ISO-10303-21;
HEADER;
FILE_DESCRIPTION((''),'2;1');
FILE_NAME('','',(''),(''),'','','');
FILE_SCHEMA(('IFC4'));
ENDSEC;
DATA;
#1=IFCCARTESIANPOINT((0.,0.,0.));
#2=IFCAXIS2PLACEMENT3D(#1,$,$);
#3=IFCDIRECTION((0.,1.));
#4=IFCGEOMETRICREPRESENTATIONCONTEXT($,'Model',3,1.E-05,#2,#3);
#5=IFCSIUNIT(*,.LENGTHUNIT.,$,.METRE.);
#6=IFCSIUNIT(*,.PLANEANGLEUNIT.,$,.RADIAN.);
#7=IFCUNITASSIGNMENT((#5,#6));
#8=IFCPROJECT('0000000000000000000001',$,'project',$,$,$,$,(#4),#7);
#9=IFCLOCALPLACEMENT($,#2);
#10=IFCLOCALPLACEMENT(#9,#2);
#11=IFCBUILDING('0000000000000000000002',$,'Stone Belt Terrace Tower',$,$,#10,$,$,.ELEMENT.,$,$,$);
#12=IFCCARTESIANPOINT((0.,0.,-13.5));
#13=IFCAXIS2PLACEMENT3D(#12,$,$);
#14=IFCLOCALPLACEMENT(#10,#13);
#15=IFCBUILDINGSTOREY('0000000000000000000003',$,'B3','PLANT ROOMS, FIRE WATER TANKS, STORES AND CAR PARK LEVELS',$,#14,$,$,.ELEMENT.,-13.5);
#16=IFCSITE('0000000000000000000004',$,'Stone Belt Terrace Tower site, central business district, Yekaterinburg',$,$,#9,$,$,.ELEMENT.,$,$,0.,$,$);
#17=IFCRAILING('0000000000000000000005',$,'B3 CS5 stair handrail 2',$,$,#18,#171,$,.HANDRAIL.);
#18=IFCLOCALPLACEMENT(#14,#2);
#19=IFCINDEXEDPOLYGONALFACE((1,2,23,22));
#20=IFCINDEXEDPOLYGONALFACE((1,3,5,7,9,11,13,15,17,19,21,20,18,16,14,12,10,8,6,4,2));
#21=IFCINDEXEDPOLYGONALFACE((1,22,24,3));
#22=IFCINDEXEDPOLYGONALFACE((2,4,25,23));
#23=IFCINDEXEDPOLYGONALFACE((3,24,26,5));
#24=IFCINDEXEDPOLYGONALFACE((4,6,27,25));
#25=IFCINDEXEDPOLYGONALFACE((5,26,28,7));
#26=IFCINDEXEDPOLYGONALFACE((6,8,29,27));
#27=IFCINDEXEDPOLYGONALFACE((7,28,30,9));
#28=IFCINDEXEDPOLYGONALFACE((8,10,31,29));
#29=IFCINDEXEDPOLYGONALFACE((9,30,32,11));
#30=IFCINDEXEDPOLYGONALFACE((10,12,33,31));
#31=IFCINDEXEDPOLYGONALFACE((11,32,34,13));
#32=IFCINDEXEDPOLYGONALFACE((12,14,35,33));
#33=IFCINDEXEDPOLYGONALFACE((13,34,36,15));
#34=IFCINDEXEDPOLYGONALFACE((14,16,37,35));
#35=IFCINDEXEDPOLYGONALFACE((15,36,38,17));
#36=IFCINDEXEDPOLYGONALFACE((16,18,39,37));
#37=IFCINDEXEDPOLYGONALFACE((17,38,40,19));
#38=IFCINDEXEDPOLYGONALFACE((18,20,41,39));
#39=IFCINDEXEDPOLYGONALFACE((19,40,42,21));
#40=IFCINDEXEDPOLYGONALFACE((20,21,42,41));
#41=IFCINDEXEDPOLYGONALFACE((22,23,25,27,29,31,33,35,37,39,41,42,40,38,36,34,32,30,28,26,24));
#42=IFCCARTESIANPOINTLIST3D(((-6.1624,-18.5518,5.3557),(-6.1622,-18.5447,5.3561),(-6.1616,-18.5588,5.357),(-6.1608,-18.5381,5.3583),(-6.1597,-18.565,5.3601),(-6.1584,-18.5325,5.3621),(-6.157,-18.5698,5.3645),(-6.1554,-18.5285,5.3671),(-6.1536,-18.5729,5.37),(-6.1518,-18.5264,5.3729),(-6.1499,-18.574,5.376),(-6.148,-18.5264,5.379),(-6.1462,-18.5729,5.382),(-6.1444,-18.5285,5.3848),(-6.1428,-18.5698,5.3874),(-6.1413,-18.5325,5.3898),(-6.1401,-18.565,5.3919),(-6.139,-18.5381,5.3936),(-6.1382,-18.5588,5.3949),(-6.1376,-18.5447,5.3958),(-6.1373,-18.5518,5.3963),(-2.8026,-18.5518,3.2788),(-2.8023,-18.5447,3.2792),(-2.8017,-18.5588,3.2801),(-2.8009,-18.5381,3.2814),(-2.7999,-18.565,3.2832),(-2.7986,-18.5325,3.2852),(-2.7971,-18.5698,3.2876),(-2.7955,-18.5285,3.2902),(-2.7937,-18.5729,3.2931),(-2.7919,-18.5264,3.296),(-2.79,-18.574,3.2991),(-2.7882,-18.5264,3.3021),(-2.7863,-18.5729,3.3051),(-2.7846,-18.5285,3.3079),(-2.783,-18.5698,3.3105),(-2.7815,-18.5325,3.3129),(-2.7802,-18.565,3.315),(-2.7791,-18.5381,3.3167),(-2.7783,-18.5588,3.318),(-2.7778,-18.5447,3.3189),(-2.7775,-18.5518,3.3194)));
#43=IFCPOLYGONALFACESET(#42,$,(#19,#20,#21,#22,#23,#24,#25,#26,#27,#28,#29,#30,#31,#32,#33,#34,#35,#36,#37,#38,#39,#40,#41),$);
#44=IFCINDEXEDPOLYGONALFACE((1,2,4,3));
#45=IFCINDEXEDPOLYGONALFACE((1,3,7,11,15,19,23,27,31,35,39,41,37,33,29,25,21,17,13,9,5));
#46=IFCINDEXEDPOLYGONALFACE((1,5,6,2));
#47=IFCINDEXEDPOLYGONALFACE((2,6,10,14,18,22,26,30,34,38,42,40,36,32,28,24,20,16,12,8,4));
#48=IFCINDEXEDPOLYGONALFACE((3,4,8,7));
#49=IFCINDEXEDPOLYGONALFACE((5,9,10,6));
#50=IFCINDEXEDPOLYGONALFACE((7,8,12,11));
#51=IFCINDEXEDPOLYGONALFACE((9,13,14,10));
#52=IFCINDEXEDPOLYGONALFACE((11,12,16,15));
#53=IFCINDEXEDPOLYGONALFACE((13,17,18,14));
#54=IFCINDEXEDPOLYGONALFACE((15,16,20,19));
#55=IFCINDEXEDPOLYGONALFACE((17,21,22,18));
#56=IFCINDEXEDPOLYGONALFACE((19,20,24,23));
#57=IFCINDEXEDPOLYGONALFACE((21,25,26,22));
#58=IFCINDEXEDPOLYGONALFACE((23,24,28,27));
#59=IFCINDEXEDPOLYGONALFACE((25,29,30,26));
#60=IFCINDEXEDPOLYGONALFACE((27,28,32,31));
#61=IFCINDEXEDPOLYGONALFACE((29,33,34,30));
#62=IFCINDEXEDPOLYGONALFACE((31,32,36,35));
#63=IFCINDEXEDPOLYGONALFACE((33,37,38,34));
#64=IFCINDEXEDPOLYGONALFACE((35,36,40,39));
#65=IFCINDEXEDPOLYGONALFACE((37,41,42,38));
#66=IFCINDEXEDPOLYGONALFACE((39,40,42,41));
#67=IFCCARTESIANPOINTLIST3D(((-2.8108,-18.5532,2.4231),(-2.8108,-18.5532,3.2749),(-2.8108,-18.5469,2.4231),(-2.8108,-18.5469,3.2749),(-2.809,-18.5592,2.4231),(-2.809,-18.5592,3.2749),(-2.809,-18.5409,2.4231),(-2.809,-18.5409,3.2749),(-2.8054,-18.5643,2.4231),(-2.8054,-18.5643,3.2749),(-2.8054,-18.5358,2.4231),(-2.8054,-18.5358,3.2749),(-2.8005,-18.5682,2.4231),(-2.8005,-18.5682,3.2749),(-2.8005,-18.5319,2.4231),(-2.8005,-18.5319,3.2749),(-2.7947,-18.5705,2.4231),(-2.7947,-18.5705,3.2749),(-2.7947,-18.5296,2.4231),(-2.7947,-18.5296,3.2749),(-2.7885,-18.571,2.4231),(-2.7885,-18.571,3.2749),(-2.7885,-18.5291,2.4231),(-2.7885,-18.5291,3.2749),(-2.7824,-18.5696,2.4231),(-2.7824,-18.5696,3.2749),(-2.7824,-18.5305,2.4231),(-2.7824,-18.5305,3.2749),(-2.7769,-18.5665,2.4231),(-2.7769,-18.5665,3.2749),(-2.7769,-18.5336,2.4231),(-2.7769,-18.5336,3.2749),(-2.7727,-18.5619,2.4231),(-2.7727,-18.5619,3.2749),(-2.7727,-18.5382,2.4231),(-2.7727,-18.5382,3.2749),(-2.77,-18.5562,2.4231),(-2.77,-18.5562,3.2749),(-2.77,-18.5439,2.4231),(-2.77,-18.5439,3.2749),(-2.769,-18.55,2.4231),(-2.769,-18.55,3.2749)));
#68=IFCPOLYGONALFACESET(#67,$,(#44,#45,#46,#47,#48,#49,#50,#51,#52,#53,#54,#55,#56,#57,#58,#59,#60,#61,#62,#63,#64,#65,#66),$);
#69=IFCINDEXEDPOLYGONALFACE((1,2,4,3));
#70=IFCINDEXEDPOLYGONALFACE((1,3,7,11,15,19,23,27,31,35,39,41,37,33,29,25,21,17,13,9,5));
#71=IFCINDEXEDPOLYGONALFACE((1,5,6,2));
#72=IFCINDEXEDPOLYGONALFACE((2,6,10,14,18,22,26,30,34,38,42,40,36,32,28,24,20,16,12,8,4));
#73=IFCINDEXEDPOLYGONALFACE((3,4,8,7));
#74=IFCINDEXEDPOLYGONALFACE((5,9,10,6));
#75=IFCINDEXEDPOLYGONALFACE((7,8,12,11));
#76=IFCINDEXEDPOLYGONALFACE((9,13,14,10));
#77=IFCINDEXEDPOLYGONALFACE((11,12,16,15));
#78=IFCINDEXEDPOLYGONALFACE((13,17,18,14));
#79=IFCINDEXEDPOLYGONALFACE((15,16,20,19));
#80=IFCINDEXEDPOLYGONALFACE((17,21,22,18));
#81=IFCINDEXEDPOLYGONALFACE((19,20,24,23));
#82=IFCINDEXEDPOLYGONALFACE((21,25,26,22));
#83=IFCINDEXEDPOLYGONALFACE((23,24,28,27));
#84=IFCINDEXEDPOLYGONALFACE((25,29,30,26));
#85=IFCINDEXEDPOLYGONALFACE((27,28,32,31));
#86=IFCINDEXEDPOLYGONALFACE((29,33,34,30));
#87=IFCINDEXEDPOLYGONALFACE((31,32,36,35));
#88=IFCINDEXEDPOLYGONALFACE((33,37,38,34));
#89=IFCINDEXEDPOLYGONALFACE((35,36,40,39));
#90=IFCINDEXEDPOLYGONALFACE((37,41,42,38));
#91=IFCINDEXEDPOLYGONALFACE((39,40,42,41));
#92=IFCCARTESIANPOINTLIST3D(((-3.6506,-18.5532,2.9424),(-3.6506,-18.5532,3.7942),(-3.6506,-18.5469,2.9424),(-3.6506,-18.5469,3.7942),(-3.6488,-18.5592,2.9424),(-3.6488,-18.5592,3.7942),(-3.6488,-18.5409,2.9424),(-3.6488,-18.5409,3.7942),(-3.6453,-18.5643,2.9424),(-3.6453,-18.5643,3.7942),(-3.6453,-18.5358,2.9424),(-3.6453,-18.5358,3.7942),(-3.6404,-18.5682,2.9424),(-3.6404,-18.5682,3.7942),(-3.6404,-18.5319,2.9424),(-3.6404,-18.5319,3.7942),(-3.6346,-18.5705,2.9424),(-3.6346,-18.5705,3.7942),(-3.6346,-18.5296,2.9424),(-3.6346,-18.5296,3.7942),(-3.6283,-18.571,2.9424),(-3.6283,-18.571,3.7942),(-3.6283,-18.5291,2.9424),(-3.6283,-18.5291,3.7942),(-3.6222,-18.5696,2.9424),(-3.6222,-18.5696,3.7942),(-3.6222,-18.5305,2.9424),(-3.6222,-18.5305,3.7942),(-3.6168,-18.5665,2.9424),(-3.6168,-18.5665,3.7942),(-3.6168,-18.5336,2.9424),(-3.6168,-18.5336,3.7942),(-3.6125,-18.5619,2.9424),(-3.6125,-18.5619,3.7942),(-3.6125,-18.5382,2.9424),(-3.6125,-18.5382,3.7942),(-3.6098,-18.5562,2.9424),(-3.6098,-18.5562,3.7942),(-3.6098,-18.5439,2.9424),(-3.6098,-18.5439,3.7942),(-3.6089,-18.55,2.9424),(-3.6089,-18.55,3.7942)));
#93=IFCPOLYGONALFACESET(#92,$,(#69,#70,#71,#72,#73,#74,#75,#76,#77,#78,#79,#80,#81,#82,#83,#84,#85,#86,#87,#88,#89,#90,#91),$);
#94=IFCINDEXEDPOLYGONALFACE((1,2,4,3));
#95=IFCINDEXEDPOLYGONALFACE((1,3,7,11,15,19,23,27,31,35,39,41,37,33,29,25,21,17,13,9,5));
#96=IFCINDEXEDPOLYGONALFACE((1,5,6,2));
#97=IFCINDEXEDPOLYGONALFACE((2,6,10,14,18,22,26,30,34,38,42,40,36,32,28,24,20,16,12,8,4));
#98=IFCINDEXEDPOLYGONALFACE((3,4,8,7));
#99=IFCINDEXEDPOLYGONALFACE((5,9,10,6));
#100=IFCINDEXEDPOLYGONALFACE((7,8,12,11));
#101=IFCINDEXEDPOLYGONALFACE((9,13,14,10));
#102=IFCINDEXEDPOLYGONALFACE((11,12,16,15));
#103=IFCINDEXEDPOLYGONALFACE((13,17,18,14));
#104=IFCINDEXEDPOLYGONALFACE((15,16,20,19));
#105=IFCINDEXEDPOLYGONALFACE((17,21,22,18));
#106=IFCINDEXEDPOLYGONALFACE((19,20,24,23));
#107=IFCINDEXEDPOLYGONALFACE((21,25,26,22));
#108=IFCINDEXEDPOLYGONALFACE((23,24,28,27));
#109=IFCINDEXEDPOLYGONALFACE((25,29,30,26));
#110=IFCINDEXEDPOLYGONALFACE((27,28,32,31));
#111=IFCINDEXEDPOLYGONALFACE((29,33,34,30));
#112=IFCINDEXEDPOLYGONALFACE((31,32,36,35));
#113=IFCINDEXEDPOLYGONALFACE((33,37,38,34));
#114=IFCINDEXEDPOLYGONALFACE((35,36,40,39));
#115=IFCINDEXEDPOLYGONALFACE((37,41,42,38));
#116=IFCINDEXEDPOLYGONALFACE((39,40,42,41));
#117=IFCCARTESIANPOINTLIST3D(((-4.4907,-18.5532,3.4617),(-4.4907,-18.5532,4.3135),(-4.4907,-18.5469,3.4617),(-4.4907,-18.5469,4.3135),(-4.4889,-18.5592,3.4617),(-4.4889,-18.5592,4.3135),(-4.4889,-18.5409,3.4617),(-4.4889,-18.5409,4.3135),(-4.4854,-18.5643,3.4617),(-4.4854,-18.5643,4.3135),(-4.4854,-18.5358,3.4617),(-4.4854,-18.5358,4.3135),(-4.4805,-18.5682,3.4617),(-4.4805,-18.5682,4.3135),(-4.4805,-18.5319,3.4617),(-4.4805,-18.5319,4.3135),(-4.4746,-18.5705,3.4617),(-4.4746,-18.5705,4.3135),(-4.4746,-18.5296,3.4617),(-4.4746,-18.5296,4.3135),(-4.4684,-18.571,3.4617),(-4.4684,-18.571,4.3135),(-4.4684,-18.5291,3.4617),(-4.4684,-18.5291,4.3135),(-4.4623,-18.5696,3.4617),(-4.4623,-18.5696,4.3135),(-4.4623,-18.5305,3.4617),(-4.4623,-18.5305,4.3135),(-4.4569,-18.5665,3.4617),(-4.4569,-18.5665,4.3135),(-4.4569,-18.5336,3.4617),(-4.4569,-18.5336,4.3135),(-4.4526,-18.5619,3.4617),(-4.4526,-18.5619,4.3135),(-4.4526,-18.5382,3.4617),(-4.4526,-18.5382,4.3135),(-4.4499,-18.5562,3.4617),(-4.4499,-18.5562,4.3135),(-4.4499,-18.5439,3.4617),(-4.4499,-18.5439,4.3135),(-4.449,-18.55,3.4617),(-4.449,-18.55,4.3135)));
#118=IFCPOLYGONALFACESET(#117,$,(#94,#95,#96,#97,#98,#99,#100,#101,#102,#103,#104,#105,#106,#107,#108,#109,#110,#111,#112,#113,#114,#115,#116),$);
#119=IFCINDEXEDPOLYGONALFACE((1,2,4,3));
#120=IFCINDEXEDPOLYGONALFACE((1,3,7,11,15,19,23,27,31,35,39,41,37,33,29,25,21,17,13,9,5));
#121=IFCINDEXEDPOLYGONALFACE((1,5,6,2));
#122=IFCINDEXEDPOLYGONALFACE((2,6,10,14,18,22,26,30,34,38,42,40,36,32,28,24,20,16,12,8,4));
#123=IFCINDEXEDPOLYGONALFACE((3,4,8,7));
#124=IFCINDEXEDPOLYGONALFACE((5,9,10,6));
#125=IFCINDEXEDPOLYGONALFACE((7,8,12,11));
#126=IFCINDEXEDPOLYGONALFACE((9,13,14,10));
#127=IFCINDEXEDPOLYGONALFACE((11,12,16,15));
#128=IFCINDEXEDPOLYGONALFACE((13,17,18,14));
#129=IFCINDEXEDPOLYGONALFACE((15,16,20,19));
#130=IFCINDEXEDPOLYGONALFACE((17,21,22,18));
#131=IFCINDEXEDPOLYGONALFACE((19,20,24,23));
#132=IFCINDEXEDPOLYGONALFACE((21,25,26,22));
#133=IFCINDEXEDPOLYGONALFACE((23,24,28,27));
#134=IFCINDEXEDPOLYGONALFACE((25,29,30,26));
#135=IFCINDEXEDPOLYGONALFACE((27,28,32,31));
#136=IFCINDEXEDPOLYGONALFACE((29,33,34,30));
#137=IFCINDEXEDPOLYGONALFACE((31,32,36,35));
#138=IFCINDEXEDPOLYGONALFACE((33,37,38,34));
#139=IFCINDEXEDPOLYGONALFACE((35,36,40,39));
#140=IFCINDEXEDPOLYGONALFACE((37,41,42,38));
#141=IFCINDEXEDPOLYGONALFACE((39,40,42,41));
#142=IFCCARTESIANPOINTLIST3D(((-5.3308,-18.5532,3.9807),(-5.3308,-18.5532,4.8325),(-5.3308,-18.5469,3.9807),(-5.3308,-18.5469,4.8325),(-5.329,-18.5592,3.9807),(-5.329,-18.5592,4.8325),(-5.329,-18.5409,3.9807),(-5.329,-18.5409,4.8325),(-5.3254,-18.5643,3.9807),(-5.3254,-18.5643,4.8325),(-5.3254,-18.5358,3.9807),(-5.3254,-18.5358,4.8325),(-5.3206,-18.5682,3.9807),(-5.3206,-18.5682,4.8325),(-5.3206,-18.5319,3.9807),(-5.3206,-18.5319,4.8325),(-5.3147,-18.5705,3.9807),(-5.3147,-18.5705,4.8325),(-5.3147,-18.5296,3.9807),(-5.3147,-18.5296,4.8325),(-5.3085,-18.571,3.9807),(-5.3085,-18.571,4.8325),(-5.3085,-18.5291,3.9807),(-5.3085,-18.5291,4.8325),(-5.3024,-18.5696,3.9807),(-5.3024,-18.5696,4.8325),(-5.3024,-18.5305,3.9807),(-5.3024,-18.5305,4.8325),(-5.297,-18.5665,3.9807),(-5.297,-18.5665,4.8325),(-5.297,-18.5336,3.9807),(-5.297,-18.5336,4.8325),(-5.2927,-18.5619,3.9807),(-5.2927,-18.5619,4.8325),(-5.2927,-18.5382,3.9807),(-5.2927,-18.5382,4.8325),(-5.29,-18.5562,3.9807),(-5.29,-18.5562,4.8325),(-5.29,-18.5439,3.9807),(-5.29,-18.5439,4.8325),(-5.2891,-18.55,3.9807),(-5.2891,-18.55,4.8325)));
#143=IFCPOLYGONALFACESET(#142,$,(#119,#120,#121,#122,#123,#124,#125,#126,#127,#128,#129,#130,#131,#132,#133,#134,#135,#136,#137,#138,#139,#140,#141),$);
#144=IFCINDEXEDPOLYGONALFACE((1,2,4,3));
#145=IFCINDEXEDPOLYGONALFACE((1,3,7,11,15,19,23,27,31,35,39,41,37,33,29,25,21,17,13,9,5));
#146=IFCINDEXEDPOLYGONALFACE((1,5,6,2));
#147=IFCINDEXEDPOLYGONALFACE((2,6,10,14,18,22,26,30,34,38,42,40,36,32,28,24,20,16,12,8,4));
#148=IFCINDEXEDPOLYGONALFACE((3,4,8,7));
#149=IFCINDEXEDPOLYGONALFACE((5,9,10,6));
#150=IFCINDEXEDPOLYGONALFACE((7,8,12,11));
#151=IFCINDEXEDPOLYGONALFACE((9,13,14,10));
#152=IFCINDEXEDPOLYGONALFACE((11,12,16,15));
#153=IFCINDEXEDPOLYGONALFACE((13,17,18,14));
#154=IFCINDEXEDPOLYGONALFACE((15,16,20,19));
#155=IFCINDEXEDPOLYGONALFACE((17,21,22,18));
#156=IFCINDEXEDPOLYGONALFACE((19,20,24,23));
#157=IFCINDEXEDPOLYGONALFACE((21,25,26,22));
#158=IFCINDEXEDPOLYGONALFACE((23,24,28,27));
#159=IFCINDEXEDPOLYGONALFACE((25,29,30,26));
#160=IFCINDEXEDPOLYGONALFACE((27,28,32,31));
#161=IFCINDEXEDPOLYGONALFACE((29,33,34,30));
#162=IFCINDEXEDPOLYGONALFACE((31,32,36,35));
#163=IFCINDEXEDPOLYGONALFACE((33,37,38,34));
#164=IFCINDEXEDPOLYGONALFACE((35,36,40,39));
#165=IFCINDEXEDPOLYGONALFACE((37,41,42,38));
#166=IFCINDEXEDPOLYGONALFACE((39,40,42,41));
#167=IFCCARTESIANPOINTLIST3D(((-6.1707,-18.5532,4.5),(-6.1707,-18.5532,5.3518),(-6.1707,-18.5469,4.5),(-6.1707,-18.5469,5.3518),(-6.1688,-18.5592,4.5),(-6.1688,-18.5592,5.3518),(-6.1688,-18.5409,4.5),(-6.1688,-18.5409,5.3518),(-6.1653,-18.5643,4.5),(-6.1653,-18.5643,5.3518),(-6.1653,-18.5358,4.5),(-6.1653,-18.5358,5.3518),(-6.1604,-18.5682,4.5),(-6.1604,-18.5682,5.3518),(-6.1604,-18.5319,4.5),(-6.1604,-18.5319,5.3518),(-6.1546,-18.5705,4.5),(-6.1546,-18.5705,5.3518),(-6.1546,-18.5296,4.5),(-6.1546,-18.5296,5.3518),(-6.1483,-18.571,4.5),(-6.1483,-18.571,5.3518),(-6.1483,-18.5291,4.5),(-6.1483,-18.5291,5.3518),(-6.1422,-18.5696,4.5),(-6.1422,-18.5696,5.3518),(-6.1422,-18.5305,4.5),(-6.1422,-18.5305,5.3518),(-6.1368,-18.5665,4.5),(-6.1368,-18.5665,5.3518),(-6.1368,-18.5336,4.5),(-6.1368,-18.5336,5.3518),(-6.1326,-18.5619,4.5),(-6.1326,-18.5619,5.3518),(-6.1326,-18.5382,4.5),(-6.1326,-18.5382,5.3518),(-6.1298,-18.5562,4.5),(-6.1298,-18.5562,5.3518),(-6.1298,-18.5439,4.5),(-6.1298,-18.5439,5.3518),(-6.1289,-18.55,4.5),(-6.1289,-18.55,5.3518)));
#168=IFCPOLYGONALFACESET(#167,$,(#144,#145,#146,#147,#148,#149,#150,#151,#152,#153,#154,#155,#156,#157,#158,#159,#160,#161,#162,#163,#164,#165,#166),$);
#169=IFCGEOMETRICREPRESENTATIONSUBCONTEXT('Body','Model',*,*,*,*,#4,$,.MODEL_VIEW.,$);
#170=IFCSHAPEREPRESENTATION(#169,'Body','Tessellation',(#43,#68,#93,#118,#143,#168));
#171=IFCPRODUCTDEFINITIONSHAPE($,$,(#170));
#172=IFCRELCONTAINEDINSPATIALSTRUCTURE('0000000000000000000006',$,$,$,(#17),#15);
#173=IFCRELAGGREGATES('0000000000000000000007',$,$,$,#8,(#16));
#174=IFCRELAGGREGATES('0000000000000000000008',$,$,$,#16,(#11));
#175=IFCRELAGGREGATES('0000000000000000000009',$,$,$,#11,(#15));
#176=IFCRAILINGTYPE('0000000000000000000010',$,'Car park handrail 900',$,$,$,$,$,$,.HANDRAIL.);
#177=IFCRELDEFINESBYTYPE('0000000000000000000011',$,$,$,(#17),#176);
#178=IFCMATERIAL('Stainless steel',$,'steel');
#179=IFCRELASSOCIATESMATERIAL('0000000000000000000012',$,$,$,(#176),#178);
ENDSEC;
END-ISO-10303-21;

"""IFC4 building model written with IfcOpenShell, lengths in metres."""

from ifc_helpers import new_model, si_unit, direction, frame, origin, origin_2d, place, context, subcontext, project, spatial, circle, extrude, material, type_object, element, save


model = new_model("IFC4")

# Units and contexts
model_context = context("Model", 3, precision=1e-05, world=origin(), true_north=direction((0.0, 1.0)))
body_context = subcontext(model_context, "Body", "Model", "MODEL_VIEW")
ifc_project = project(units=[si_unit("LENGTHUNIT", "METRE"), si_unit("PLANEANGLEUNIT", "RADIAN")], contexts=[model_context])

# Site, building, storey
site_placement = place(None, origin())
site = spatial("IfcSite", under=ifc_project, at=site_placement, Name="Stone Belt Terrace Tower site, central business district, Yekaterinburg", CompositionType="ELEMENT", RefElevation=0.0)
building_placement = place(site_placement, origin())
building = spatial("IfcBuilding", under=site, at=building_placement, Name="Stone Belt Terrace Tower", CompositionType="ELEMENT")
storey_placement = place(building_placement, frame((0.0, 0.0, -13.5)))
storey = spatial("IfcBuildingStorey", under=building, at=storey_placement, Name="B3", Description="PLANT ROOMS, FIRE WATER TANKS, STORES AND CAR PARK LEVELS", CompositionType="ELEMENT", Elevation=-13.5)

# Railing
ifc_material_1 = material(Name="Stainless steel", Category="steel")
railing_type_1 = type_object("IfcRailingType", Name="Car park handrail 900", PredefinedType="HANDRAIL", material=ifc_material_1)
railing_1_placement = place(storey_placement, frame((-2.79, -18.55, 2.4231)))
element("IfcRailing", 1, at=railing_1_placement, inside=storey, type_object=railing_type_1, Name="B3 CS5 stair handrail 2", PredefinedType="HANDRAIL", context=body_context, shape_type="SweptSolid", body=[
    extrude(circle(Radius=0.0239, at=origin_2d()), frame((0.0, 0.0, 0.876), z_axis=(-0.850606, 0.0, 0.525803), x_axis=(0.0, -1.0, 0.0)), (0.0, 0.0, 1.0), 3.95),
    extrude(circle(Radius=0.021, at=origin_2d()), origin(), (0.0, 0.0, 1.0), 0.8518),
    extrude(circle(Radius=0.021, at=origin_2d()), frame((-0.8398, 0.0, 0.5193)), (0.0, 0.0, 1.0), 0.8518),
    extrude(circle(Radius=0.021, at=origin_2d()), frame((-1.6799, 0.0, 1.0386)), (0.0, 0.0, 1.0), 0.8518),
    extrude(circle(Radius=0.021, at=origin_2d()), frame((-2.52, 0.0, 1.5576)), (0.0, 0.0, 1.0), 0.8518),
    extrude(circle(Radius=0.021, at=origin_2d()), frame((-3.3599, 0.0, 2.0769)), (0.0, 0.0, 1.0), 0.8518),
])

save(model, "model.ifc")
